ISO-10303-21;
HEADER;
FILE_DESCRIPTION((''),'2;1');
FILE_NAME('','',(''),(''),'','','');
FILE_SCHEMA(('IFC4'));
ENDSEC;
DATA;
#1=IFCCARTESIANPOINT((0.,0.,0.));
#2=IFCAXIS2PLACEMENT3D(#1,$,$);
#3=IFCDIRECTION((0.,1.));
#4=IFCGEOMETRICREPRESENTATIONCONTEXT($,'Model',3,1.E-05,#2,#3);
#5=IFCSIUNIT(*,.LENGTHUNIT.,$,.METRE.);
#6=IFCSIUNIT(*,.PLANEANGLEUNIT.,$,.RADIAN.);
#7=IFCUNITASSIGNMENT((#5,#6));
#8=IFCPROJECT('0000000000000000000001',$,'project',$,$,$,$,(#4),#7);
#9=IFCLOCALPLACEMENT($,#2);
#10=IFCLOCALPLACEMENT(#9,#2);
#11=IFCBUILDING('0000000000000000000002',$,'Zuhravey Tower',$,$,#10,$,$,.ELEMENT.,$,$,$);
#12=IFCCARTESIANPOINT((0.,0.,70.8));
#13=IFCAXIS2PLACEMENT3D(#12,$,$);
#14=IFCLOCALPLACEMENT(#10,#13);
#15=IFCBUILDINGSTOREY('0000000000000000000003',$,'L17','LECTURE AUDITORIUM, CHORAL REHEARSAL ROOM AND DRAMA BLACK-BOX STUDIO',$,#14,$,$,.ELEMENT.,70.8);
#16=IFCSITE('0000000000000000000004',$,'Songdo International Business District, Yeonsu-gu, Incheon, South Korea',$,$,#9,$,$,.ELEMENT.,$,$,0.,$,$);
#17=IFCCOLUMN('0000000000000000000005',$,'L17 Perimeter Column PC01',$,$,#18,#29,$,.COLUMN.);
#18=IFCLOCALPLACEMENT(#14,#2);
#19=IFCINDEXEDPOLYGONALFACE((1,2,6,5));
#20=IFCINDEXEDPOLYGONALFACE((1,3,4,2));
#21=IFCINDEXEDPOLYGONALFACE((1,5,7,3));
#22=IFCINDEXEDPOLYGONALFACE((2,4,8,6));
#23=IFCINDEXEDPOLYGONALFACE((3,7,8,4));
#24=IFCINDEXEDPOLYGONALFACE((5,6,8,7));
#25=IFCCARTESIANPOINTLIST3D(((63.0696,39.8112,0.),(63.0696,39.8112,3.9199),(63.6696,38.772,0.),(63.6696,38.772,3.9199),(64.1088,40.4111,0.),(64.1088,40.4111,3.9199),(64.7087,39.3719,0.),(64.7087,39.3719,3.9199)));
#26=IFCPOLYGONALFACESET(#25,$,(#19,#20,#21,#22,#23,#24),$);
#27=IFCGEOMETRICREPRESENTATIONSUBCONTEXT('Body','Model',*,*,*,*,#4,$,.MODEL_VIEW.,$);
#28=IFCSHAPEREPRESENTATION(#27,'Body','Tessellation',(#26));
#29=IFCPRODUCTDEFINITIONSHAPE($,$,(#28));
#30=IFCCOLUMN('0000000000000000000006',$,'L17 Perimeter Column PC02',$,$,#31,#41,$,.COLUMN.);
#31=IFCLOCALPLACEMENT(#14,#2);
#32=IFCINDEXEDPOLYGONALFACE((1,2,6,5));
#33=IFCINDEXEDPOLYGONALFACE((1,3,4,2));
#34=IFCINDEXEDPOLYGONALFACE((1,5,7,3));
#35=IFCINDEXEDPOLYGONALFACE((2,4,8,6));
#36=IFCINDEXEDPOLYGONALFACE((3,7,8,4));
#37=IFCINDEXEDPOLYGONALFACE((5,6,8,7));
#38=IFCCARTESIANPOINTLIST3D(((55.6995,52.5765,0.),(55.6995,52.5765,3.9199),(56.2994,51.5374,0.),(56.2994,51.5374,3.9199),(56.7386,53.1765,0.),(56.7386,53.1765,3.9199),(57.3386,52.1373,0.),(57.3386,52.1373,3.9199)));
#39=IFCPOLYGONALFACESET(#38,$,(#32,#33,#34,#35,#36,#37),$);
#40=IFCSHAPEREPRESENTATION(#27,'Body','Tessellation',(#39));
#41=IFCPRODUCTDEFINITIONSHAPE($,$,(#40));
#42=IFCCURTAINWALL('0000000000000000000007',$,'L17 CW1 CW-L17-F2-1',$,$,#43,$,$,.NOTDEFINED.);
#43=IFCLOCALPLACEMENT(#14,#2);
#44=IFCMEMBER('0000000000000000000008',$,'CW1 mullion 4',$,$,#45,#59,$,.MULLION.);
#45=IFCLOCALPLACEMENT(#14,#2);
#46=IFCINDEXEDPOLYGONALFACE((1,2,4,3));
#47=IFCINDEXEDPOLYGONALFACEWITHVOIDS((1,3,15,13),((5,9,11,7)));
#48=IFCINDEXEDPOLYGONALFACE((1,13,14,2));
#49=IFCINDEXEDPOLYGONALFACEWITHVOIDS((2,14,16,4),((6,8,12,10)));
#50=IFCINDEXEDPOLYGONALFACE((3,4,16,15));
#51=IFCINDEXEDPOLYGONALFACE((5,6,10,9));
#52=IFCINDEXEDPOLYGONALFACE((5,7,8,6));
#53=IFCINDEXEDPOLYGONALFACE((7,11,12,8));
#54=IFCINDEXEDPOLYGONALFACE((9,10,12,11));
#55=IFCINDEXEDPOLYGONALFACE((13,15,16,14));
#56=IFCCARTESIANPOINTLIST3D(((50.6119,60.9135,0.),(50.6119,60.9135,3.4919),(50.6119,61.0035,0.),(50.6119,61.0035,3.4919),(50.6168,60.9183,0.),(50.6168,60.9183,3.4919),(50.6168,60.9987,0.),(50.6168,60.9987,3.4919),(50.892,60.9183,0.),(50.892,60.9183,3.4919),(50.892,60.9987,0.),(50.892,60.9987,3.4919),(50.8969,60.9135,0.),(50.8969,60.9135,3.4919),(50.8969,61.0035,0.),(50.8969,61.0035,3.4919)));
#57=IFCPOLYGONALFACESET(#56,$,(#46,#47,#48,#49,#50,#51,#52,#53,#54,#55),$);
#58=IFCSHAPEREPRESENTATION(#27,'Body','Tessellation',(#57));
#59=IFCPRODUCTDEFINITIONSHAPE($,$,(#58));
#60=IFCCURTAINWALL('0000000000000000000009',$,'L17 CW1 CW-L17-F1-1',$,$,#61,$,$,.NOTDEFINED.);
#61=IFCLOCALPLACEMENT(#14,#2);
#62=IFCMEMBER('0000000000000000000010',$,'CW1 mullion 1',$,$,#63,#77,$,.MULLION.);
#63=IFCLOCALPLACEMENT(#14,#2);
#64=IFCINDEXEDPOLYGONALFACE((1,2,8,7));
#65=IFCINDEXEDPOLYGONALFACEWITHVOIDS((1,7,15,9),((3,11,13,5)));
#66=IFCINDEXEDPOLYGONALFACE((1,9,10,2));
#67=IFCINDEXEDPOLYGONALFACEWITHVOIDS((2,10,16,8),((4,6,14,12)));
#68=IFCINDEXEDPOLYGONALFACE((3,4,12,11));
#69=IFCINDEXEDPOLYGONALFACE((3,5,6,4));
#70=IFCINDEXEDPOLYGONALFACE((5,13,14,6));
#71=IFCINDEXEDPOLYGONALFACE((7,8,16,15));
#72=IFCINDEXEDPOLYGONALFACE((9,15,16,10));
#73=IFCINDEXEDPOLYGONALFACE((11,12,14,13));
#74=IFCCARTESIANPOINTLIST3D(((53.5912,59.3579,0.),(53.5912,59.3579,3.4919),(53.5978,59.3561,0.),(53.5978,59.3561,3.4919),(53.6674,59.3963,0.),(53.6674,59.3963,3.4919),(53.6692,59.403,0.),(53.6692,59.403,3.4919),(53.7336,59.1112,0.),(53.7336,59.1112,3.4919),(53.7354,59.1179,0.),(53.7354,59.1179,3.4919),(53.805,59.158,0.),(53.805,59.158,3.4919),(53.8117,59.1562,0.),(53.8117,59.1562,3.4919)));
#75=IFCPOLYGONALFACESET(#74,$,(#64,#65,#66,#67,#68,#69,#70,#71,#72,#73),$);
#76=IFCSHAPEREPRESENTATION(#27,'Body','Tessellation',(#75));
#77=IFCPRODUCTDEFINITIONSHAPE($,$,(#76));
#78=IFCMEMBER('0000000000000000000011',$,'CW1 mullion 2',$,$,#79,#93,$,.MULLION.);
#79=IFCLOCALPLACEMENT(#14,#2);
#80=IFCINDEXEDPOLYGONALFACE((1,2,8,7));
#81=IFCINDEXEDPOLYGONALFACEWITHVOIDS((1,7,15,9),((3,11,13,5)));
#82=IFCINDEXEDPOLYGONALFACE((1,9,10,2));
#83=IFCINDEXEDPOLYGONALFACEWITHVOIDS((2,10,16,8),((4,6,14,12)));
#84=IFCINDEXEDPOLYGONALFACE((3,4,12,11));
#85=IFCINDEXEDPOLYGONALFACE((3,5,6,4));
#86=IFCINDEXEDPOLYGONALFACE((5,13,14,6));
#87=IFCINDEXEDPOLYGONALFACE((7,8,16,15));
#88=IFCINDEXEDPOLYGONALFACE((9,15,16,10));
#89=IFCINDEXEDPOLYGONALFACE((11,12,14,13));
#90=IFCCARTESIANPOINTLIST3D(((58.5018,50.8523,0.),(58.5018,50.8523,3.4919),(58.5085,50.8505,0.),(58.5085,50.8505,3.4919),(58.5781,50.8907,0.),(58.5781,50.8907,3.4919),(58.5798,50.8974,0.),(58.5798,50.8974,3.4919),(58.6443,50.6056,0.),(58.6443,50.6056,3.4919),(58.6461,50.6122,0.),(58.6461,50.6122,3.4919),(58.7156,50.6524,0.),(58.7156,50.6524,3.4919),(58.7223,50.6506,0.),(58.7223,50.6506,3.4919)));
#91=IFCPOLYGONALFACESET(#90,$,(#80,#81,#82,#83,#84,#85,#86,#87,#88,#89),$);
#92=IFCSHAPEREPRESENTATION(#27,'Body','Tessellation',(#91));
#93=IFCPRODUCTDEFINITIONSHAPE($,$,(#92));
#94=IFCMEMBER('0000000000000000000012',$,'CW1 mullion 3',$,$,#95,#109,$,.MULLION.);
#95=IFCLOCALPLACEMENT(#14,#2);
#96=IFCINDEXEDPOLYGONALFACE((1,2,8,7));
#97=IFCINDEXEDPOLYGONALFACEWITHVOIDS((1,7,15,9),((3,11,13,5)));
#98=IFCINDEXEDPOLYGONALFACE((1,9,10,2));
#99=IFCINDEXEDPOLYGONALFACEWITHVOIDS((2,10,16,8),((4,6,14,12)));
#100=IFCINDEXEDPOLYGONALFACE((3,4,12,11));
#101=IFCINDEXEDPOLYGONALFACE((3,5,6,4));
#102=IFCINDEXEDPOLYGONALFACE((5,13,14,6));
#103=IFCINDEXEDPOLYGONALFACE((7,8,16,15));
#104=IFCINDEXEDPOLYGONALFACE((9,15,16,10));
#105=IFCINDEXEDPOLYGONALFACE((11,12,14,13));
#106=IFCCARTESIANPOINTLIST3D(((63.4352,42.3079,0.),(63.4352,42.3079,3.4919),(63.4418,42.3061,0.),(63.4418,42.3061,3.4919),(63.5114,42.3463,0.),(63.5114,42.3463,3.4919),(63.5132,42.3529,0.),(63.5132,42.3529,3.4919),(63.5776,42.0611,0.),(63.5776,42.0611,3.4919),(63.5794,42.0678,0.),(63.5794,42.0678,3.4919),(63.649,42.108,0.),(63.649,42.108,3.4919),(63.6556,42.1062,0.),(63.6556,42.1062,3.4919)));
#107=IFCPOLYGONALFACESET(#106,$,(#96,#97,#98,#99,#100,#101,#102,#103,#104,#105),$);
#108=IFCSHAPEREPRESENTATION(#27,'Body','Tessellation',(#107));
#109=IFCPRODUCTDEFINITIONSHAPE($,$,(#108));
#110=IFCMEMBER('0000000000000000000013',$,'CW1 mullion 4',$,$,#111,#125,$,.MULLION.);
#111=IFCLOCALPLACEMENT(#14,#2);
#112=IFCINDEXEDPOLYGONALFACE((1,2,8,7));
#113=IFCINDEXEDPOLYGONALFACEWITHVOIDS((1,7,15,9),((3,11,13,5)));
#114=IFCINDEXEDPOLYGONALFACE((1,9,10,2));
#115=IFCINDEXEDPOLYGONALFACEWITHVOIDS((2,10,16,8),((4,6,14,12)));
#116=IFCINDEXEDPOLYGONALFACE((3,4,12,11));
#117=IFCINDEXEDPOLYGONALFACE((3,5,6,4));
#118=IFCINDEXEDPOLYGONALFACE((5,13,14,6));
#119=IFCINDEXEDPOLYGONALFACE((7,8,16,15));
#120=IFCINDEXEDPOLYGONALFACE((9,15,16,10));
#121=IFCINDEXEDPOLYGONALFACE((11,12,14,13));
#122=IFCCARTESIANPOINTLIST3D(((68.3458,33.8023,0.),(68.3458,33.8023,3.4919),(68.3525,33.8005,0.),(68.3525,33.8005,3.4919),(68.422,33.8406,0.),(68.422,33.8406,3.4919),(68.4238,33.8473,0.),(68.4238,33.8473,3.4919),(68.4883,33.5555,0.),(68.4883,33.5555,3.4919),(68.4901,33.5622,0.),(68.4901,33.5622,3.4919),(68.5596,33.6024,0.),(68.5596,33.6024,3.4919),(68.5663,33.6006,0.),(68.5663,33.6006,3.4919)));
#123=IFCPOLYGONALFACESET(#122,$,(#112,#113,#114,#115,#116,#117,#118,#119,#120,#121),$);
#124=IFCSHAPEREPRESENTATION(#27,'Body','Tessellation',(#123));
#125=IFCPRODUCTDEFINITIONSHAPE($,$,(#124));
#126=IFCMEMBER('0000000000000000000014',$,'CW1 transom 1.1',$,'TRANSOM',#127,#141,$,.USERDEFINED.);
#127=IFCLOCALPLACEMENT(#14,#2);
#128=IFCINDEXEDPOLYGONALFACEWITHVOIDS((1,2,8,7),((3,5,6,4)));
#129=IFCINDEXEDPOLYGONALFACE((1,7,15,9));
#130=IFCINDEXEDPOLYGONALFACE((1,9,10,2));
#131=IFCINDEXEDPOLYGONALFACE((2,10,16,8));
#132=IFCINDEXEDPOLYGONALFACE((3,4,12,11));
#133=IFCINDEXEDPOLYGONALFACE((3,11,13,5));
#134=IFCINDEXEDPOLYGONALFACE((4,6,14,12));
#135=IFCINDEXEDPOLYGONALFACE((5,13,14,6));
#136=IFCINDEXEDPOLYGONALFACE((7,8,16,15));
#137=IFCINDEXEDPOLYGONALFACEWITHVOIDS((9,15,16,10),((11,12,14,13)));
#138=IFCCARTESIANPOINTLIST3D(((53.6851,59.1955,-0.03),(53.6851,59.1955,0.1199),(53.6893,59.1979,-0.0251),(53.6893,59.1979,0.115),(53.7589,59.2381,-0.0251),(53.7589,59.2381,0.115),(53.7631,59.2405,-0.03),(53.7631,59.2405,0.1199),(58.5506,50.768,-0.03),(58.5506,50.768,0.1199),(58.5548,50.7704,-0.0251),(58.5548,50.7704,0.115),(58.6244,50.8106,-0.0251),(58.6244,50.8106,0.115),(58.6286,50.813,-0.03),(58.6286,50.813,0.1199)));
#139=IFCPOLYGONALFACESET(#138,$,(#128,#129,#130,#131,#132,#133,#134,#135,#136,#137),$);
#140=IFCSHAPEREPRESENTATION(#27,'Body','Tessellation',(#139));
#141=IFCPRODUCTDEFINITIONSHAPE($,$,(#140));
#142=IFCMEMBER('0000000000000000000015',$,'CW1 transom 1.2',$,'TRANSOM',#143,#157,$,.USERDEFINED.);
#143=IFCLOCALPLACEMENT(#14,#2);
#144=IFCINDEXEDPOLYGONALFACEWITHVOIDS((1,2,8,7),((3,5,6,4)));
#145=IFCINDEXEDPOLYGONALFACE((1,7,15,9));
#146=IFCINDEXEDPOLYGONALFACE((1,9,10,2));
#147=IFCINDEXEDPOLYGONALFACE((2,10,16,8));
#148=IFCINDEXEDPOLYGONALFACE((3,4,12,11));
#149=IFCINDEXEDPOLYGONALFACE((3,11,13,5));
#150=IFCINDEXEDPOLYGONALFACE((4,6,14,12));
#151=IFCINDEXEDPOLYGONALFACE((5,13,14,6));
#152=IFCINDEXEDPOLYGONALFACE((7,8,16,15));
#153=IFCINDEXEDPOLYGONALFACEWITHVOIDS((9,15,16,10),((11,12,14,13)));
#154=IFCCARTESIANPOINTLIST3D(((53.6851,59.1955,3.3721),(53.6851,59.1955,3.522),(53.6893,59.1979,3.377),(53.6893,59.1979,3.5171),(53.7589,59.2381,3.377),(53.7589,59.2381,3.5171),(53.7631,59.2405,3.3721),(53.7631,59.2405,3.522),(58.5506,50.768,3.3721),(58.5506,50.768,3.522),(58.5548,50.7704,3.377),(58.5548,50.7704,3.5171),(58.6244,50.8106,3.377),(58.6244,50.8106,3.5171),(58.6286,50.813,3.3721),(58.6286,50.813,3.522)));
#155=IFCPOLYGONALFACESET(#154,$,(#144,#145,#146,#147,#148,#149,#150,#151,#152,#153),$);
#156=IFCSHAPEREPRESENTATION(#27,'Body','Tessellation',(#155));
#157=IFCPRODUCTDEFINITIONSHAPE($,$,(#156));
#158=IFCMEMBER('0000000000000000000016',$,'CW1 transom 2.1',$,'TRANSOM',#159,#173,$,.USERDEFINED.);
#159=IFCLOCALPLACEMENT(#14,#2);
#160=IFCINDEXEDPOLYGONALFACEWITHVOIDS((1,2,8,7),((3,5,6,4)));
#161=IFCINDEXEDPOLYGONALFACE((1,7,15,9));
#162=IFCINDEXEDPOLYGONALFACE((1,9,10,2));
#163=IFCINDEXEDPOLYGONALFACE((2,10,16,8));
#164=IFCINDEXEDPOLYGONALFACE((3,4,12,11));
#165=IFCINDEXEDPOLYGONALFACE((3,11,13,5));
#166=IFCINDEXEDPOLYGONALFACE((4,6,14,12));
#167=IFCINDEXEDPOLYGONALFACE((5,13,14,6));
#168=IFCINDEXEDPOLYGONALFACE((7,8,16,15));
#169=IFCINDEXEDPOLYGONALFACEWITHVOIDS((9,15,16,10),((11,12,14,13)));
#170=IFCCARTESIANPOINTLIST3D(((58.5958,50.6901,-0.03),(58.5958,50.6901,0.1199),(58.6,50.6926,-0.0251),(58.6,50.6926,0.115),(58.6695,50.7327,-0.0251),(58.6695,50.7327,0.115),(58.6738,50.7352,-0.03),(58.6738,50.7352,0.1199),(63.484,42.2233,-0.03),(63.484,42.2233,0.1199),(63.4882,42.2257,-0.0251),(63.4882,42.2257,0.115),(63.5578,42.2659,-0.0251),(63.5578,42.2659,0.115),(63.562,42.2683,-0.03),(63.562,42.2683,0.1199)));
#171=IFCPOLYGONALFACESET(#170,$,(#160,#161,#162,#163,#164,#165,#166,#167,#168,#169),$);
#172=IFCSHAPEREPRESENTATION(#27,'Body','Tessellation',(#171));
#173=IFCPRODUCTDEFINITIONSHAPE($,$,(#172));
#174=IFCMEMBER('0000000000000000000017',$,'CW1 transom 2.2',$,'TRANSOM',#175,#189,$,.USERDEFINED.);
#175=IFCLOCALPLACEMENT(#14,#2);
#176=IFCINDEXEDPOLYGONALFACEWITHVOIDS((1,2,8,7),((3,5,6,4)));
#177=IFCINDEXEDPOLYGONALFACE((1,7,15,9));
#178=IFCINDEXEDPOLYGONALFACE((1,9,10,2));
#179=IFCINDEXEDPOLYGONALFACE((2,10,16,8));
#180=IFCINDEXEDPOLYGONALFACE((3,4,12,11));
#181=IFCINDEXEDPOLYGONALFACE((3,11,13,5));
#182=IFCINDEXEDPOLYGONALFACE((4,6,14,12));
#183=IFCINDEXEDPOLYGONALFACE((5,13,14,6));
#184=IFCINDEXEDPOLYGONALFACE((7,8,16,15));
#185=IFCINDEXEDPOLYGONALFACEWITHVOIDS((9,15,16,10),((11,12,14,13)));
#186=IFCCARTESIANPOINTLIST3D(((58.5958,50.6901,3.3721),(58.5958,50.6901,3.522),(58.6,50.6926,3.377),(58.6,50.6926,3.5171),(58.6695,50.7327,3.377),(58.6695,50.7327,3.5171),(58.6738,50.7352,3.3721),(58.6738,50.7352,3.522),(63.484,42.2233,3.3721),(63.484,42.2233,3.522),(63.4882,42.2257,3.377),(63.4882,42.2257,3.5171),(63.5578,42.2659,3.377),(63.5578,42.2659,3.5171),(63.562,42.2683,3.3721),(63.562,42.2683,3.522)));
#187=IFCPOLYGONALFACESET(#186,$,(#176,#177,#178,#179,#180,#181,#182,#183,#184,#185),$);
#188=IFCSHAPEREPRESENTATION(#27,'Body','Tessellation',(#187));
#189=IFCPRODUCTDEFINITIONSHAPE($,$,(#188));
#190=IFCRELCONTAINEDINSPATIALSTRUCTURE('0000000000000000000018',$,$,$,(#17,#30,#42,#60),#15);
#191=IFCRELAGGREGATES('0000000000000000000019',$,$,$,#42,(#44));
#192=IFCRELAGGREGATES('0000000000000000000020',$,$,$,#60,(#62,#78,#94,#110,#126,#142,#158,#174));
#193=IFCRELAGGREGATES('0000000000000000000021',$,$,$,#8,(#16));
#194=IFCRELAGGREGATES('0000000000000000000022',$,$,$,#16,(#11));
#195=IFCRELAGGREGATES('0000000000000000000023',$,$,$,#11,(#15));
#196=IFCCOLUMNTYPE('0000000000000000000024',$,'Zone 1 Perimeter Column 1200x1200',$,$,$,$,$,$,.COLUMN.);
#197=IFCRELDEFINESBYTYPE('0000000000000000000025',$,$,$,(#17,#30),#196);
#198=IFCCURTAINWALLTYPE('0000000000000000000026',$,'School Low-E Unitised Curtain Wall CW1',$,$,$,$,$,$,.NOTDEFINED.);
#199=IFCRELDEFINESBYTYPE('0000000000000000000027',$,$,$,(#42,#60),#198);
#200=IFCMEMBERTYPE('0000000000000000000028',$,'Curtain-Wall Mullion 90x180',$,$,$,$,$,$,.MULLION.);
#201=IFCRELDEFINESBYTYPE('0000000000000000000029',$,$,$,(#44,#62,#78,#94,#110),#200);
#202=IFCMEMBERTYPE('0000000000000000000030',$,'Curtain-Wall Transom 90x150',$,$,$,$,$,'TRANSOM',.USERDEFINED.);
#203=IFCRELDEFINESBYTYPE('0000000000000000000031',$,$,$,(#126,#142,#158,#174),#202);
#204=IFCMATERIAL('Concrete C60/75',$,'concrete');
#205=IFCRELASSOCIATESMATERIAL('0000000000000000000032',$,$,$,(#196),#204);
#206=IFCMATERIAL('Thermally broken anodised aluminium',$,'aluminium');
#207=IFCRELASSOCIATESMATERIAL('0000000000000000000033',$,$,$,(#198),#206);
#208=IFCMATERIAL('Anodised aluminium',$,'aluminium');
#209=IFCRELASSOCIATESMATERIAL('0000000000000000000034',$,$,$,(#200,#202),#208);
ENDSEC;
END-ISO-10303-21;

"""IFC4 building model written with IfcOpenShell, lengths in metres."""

from ifc_helpers import new_model, si_unit, direction, frame, origin, origin_2d, place, context, subcontext, project, spatial, rectangle, hollow_rectangle, extrude, material, material_profile, profile_set, type_object, element, aggregate, save


model = new_model("IFC4")

# Units and contexts
model_context = context("Model", 3, precision=1e-05, world=origin(), true_north=direction((0.0, 1.0)))
body_context = subcontext(model_context, "Body", "Model", "MODEL_VIEW")
ifc_project = project(units=[si_unit("LENGTHUNIT", "METRE"), si_unit("PLANEANGLEUNIT", "RADIAN")], contexts=[model_context])

# Site, building, storey
site_placement = place(None, origin())
site = spatial("IfcSite", under=ifc_project, at=site_placement, Name="Songdo International Business District, Yeonsu-gu, Incheon, South Korea", CompositionType="ELEMENT", RefElevation=0.0)
building_placement = place(site_placement, origin())
building = spatial("IfcBuilding", under=site, at=building_placement, Name="Zuhravey Tower", CompositionType="ELEMENT")
storey_placement = place(building_placement, frame((0.0, 0.0, 70.8)))
storey = spatial("IfcBuildingStorey", under=building, at=storey_placement, Name="L17", Description="LECTURE AUDITORIUM, CHORAL REHEARSAL ROOM AND DRAMA BLACK-BOX STUDIO", CompositionType="ELEMENT", Elevation=70.8)

# Columns
ifc_material_1 = material(Name="Concrete C60/75", Category="concrete")
ifc_material_profile_1 = material_profile(ifc_material_1, rectangle(XDim=1.2, YDim=1.2, at=origin_2d()), Name="RC-1200x1200")
ifc_profile_set_1 = profile_set([ifc_material_profile_1], Name="Concrete C60/75")
column_type = type_object("IfcColumnType", Name="Zone 1 Perimeter Column 1200x1200", PredefinedType="COLUMN", material=ifc_profile_set_1)
for number, where, z_axis, x_axis, name in (
    (1, (63.8892, 39.5916, 0.0), (0.0, 0.0, 1.0), (-0.5, 0.866025, 0.0), "L17 Perimeter Column PC01"),
    (2, (56.519, 52.3569, 0.0), (0.0, 0.0, 1.0), (-0.5, 0.866025, 0.0), "L17 Perimeter Column PC02"),
):
    element("IfcColumn", number, at=place(storey_placement, frame(where, z_axis=z_axis, x_axis=x_axis)), inside=storey, type_object=column_type, Name=name, PredefinedType="COLUMN", context=body_context, shape_type="SweptSolid", body=[
        extrude(rectangle(XDim=1.2, YDim=1.2, at=origin_2d()), origin(), (0.0, 0.0, 1.0), 3.9199),
    ])

# Curtain wall, member
ifc_material_2 = material(Name="Thermally broken anodised aluminium", Category="aluminium")
curtain_wall_type = type_object("IfcCurtainWallType", Name="School Low-E Unitised Curtain Wall CW1", PredefinedType="NOTDEFINED", material=ifc_material_2)
curtain_wall_1_placement = place(storey_placement, origin())
curtain_wall_1 = element("IfcCurtainWall", 3, at=curtain_wall_1_placement, inside=storey, type_object=curtain_wall_type, Name="L17 CW1 CW-L17-F2-1", PredefinedType="NOTDEFINED")
ifc_material_3 = material(Name="Anodised aluminium", Category="aluminium")
ifc_material_profile_2 = material_profile(ifc_material_3, hollow_rectangle(XDim=0.0901, YDim=0.2849, WallThickness=0.0049, at=origin_2d()), Name="ALU-RHS-90x285x5")
ifc_profile_set_2 = profile_set([ifc_material_profile_2], Name="Anodised aluminium")
member_type_1 = type_object("IfcMemberType", Name="Curtain-Wall Mullion 90x180", PredefinedType="MULLION", material=ifc_profile_set_2)
member_1_placement = place(storey_placement, frame((50.7544, 60.9585, 0.0), z_axis=(0.0, 0.0, 1.0), x_axis=(0.0, 1.0, 0.0)))
member_1 = element("IfcMember", 4, at=member_1_placement, type_object=member_type_1, Name="CW1 mullion 4", PredefinedType="MULLION", context=body_context, shape_type="SweptSolid", body=[
    extrude(hollow_rectangle(XDim=0.0901, YDim=0.2849, WallThickness=0.0049, at=origin_2d()), origin(), (0.0, 0.0, 1.0), 3.4919),
])
aggregate(curtain_wall_1, [member_1])

# Curtain wall, members
curtain_wall_2_placement = place(storey_placement, origin())
curtain_wall_2 = element("IfcCurtainWall", 5, at=curtain_wall_2_placement, inside=storey, type_object=curtain_wall_type, Name="L17 CW1 CW-L17-F1-1", PredefinedType="NOTDEFINED")
member_2_placement = place(storey_placement, frame((53.7014, 59.2571, 0.0), z_axis=(0.0, 0.0, 1.0), x_axis=(0.866026, 0.5, 0.0)))
member_2 = element("IfcMember", 6, at=member_2_placement, type_object=member_type_1, Name="CW1 mullion 1", PredefinedType="MULLION", context=body_context, shape_type="SweptSolid", body=[
    extrude(hollow_rectangle(XDim=0.0901, YDim=0.2849, WallThickness=0.0049, at=origin_2d()), origin(), (0.0, 0.0, 1.0), 3.4919),
])
member_3_placement = place(storey_placement, frame((58.6121, 50.7515, 0.0), z_axis=(0.0, 0.0, 1.0), x_axis=(0.866026, 0.5, 0.0)))
member_3 = element("IfcMember", 7, at=member_3_placement, type_object=member_type_1, Name="CW1 mullion 2", PredefinedType="MULLION", context=body_context, shape_type="SweptSolid", body=[
    extrude(hollow_rectangle(XDim=0.0901, YDim=0.2849, WallThickness=0.0049, at=origin_2d()), origin(), (0.0, 0.0, 1.0), 3.4919),
])
member_4_placement = place(storey_placement, frame((63.5454, 42.207, 0.0), z_axis=(0.0, 0.0, 1.0), x_axis=(0.866026, 0.5, 0.0)))
member_4 = element("IfcMember", 8, at=member_4_placement, type_object=member_type_1, Name="CW1 mullion 3", PredefinedType="MULLION", context=body_context, shape_type="SweptSolid", body=[
    extrude(hollow_rectangle(XDim=0.0901, YDim=0.2849, WallThickness=0.0049, at=origin_2d()), origin(), (0.0, 0.0, 1.0), 3.4919),
])
member_5_placement = place(storey_placement, frame((68.4561, 33.7014, 0.0), z_axis=(0.0, 0.0, 1.0), x_axis=(0.866026, 0.5, 0.0)))
member_5 = element("IfcMember", 9, at=member_5_placement, type_object=member_type_1, Name="CW1 mullion 4", PredefinedType="MULLION", context=body_context, shape_type="SweptSolid", body=[
    extrude(hollow_rectangle(XDim=0.0901, YDim=0.2849, WallThickness=0.0049, at=origin_2d()), origin(), (0.0, 0.0, 1.0), 3.4919),
])
ifc_material_profile_3 = material_profile(ifc_material_3, hollow_rectangle(XDim=0.0901, YDim=0.1499, WallThickness=0.0049, at=origin_2d()), Name="ALU-RHS-90x150x5")
ifc_profile_set_3 = profile_set([ifc_material_profile_3], Name="Anodised aluminium")
member_type_2 = type_object("IfcMemberType", Name="Curtain-Wall Transom 90x150", ElementType="TRANSOM", PredefinedType="USERDEFINED", material=ifc_profile_set_3)
member_6_placement = place(storey_placement, frame((53.7241, 59.218, 0.0449), z_axis=(0.49999, -0.866031, 0.0), x_axis=(0.866031, 0.49999, 0.0)))
member_6 = element("IfcMember", 10, at=member_6_placement, type_object=member_type_2, Name="CW1 transom 1.1", ObjectType="TRANSOM", PredefinedType="USERDEFINED", context=body_context, shape_type="SweptSolid", body=[
    extrude(hollow_rectangle(XDim=0.0901, YDim=0.1499, WallThickness=0.0049, at=origin_2d()), origin(), (0.0, 0.0, 1.0), 9.7312),
])
member_7_placement = place(storey_placement, frame((53.7241, 59.218, 3.447), z_axis=(0.49999, -0.866031, 0.0), x_axis=(0.866031, 0.49999, 0.0)))
member_7 = element("IfcMember", 11, at=member_7_placement, type_object=member_type_2, Name="CW1 transom 1.2", ObjectType="TRANSOM", PredefinedType="USERDEFINED", context=body_context, shape_type="SweptSolid", body=[
    extrude(hollow_rectangle(XDim=0.0901, YDim=0.1499, WallThickness=0.0049, at=origin_2d()), origin(), (0.0, 0.0, 1.0), 9.7312),
])
member_8_placement = place(storey_placement, frame((58.6348, 50.7126, 0.0449), z_axis=(0.49999, -0.866031, 0.0), x_axis=(0.866031, 0.49999, 0.0)))
member_8 = element("IfcMember", 12, at=member_8_placement, type_object=member_type_2, Name="CW1 transom 2.1", ObjectType="TRANSOM", PredefinedType="USERDEFINED", context=body_context, shape_type="SweptSolid", body=[
    extrude(hollow_rectangle(XDim=0.0901, YDim=0.1499, WallThickness=0.0049, at=origin_2d()), origin(), (0.0, 0.0, 1.0), 9.7766),
])
member_9_placement = place(storey_placement, frame((58.6348, 50.7126, 3.447), z_axis=(0.49999, -0.866031, 0.0), x_axis=(0.866031, 0.49999, 0.0)))
member_9 = element("IfcMember", 13, at=member_9_placement, type_object=member_type_2, Name="CW1 transom 2.2", ObjectType="TRANSOM", PredefinedType="USERDEFINED", context=body_context, shape_type="SweptSolid", body=[
    extrude(hollow_rectangle(XDim=0.0901, YDim=0.1499, WallThickness=0.0049, at=origin_2d()), origin(), (0.0, 0.0, 1.0), 9.7766),
])

aggregate(curtain_wall_2, [member_2, member_3, member_4, member_5, member_6, member_7, member_8, member_9])

save(model, "model.ifc")
